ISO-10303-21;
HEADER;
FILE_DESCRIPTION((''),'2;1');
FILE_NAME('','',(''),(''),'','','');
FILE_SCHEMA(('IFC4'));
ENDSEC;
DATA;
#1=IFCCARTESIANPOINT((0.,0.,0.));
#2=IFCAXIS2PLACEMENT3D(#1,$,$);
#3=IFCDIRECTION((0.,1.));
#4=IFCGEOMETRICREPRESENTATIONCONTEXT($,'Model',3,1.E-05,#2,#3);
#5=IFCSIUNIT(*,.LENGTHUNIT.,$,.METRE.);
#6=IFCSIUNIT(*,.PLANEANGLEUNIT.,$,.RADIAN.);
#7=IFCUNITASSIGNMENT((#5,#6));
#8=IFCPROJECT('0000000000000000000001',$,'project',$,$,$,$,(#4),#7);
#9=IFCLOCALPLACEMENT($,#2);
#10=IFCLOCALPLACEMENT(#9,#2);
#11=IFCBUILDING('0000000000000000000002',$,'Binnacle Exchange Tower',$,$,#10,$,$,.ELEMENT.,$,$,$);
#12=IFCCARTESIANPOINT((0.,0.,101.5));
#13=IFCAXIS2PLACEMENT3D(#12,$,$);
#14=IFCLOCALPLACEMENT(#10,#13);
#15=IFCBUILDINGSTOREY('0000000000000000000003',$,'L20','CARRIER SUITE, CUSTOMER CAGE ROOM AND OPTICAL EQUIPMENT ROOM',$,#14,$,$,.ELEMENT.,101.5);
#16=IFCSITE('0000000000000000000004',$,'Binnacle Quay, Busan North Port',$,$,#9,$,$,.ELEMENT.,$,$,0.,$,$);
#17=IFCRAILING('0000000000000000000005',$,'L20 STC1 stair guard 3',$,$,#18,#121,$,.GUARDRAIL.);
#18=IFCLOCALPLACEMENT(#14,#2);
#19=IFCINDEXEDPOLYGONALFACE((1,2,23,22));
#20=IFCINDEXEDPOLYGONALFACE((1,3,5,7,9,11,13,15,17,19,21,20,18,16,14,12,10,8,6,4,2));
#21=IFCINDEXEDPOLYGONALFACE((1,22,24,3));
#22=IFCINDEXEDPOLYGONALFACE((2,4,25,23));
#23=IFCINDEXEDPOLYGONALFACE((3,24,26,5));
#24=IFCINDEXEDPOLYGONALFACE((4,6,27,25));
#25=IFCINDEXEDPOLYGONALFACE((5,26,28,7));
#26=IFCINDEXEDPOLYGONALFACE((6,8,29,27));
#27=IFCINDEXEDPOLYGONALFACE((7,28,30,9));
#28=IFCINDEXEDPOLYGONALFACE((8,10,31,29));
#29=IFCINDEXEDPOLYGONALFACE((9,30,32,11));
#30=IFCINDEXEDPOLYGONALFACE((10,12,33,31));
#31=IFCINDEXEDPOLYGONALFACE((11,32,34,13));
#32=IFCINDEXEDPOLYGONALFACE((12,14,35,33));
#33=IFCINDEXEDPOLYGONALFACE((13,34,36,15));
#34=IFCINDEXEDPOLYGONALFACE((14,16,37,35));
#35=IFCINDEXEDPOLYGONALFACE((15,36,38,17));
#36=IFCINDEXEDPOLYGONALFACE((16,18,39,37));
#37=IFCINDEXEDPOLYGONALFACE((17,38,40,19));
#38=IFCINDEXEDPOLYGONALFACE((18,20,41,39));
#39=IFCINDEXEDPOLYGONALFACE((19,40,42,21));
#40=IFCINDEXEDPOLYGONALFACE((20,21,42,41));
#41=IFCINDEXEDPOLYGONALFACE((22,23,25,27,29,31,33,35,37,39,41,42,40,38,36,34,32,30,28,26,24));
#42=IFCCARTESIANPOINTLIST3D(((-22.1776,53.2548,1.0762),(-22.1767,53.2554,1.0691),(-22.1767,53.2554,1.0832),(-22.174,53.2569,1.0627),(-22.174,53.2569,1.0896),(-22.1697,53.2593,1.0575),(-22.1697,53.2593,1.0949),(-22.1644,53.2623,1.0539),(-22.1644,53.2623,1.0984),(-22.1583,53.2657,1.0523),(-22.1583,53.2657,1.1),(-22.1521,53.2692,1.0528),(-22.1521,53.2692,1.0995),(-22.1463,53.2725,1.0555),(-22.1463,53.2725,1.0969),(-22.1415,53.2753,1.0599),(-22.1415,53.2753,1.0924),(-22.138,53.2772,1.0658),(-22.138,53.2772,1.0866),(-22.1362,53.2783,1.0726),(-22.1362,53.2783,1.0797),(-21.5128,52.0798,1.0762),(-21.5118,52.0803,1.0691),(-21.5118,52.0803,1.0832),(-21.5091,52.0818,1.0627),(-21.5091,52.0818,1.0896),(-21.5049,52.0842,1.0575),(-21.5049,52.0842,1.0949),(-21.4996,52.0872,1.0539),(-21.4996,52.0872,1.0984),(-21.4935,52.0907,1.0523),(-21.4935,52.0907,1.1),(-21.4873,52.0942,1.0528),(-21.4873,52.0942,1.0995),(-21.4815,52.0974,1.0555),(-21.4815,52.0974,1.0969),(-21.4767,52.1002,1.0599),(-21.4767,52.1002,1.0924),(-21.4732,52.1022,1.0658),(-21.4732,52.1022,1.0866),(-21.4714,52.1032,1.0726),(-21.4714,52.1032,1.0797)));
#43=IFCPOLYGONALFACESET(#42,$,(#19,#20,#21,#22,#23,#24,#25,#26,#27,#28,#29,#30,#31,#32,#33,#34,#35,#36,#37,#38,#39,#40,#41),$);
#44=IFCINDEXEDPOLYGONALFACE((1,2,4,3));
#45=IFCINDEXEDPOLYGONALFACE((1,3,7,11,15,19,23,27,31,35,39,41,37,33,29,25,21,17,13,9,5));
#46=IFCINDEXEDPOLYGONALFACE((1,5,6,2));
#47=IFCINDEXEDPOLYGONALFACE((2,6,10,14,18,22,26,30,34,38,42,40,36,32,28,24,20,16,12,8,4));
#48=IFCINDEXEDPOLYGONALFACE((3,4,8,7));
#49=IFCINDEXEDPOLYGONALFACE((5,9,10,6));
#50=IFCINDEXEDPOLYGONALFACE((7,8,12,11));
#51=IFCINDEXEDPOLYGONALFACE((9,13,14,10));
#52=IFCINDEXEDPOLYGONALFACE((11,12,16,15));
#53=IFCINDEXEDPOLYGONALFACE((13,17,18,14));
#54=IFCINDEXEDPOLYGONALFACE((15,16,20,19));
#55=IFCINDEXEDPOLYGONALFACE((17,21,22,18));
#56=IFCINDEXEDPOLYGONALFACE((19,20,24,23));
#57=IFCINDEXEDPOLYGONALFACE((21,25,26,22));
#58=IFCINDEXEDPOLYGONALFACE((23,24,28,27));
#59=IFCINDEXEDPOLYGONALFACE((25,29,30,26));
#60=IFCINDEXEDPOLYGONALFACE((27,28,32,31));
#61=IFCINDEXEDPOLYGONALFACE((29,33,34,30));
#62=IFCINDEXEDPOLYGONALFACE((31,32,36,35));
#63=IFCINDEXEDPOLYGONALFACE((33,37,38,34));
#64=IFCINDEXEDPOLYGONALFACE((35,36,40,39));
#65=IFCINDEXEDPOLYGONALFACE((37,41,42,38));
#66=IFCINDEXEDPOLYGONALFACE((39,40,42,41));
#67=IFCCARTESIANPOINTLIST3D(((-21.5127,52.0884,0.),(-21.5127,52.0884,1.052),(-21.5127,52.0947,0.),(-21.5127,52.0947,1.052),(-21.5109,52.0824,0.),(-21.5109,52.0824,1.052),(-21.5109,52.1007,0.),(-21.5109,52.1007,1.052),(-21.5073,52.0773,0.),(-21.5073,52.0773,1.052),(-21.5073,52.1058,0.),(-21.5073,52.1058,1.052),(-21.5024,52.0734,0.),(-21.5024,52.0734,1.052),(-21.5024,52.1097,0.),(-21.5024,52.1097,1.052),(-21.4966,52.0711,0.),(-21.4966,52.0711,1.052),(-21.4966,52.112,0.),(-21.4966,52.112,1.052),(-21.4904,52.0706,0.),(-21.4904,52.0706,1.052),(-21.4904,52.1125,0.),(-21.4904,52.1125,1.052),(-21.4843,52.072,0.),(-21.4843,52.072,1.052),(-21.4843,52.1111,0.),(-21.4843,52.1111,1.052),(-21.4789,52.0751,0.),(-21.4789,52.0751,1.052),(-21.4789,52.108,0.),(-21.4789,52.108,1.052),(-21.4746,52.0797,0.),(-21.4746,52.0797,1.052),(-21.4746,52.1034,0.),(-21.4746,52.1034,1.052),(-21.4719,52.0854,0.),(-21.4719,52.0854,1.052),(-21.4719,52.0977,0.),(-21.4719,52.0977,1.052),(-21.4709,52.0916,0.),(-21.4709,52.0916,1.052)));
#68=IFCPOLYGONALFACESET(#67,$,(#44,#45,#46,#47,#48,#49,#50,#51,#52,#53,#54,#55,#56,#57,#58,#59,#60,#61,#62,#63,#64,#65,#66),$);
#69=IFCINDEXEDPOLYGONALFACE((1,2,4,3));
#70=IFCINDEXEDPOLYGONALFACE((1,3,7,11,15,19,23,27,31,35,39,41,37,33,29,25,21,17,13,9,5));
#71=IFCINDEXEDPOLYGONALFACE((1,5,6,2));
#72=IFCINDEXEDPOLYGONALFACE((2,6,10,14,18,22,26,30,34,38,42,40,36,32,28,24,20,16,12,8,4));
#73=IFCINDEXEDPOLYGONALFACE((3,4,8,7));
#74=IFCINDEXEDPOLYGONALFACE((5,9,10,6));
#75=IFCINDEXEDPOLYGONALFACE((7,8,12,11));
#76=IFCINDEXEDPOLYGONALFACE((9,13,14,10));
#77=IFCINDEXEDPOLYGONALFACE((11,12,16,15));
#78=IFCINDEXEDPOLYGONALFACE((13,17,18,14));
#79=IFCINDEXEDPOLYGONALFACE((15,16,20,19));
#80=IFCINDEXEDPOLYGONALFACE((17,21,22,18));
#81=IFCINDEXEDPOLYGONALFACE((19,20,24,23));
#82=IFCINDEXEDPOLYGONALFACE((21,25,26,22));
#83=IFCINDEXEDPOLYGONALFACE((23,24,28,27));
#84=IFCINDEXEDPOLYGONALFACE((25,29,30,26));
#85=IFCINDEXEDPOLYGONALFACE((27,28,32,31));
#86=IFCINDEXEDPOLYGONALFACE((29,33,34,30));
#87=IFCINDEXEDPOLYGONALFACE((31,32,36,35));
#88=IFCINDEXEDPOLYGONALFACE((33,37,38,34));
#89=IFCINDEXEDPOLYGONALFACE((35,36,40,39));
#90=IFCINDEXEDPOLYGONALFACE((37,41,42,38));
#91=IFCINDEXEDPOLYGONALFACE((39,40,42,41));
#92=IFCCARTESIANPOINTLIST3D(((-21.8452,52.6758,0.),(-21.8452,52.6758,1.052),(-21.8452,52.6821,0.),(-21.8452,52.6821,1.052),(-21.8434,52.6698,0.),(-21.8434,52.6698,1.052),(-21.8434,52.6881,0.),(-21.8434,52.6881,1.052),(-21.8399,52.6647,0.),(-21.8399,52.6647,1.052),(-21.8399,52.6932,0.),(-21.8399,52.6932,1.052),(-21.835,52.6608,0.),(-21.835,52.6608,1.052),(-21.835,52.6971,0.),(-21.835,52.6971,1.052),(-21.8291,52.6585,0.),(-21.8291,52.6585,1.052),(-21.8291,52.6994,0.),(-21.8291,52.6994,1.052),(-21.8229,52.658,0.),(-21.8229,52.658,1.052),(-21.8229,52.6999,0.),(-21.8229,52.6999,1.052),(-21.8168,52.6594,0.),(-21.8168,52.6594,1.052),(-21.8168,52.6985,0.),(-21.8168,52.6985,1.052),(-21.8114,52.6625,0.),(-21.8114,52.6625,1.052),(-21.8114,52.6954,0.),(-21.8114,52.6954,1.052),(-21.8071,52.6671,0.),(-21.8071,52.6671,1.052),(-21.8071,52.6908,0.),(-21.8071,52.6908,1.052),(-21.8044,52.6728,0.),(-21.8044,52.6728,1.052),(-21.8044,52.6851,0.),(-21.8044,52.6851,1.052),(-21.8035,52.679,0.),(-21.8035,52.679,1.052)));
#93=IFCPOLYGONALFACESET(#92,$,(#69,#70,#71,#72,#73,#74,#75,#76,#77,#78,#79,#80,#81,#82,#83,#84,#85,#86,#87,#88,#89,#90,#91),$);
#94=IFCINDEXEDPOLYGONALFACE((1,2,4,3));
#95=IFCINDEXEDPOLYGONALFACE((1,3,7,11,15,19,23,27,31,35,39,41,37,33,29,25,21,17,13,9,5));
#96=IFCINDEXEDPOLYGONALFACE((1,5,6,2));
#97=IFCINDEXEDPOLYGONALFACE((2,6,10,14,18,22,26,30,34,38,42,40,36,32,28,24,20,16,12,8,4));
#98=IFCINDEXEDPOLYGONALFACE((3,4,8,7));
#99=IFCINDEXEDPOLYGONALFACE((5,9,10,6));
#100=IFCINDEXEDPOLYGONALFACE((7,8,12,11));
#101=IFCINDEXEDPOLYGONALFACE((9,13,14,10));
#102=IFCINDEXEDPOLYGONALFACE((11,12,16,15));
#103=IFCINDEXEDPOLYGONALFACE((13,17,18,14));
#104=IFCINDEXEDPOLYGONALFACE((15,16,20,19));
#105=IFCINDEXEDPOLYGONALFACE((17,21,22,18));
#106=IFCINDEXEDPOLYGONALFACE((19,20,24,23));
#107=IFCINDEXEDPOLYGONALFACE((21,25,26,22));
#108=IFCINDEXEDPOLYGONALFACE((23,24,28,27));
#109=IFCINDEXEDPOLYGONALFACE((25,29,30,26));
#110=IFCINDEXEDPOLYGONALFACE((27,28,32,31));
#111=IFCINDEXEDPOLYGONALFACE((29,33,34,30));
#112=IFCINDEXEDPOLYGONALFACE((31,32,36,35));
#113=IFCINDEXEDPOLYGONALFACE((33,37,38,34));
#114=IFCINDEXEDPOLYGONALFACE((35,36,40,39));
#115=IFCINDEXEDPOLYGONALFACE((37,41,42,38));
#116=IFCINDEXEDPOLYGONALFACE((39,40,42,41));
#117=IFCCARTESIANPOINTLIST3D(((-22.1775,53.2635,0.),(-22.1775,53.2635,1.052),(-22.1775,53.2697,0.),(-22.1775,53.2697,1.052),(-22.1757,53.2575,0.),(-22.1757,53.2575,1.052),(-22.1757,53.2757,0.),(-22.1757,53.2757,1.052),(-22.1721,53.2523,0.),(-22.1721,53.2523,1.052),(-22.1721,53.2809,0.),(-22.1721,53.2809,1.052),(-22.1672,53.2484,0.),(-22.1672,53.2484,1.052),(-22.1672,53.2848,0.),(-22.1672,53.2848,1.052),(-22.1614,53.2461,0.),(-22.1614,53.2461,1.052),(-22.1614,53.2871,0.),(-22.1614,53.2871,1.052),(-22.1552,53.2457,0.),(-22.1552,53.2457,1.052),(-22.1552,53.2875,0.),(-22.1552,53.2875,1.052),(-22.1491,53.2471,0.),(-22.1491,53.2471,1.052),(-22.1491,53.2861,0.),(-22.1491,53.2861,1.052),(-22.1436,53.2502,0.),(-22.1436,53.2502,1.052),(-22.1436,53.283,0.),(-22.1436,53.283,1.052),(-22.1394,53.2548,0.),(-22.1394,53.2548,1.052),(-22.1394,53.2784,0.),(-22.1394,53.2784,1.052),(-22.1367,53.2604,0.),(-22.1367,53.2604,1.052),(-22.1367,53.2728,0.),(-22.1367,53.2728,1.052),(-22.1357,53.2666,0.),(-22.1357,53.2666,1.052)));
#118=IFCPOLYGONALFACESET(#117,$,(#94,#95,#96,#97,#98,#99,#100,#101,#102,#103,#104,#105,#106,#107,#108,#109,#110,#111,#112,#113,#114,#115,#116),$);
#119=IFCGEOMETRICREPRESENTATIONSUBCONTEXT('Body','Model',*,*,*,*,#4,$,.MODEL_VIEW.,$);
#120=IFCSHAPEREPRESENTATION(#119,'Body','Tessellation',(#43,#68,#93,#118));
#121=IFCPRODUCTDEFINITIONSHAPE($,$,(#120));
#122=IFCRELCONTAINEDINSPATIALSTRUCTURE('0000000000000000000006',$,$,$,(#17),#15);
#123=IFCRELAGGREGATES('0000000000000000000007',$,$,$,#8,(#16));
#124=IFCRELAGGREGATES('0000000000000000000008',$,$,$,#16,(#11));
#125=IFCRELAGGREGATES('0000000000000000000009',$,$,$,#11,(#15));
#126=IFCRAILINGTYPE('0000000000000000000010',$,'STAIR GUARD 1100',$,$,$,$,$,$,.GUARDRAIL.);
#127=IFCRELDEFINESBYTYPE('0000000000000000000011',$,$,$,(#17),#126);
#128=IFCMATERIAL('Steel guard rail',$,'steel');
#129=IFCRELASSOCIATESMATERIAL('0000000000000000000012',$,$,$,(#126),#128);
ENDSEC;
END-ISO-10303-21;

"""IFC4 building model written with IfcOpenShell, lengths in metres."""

from ifc_helpers import new_model, si_unit, direction, frame, origin, origin_2d, place, context, subcontext, project, spatial, circle, extrude, material, type_object, element, save


model = new_model("IFC4")

# Units and contexts
model_context = context("Model", 3, precision=1e-05, world=origin(), true_north=direction((0.0, 1.0)))
body_context = subcontext(model_context, "Body", "Model", "MODEL_VIEW")
ifc_project = project(units=[si_unit("LENGTHUNIT", "METRE"), si_unit("PLANEANGLEUNIT", "RADIAN")], contexts=[model_context])

# Site, building, storey
site_placement = place(None, origin())
site = spatial("IfcSite", under=ifc_project, at=site_placement, Name="Binnacle Quay, Busan North Port", CompositionType="ELEMENT", RefElevation=0.0)
building_placement = place(site_placement, origin())
building = spatial("IfcBuilding", under=site, at=building_placement, Name="Binnacle Exchange Tower", CompositionType="ELEMENT")
storey_placement = place(building_placement, frame((0.0, 0.0, 101.5)))
storey = spatial("IfcBuildingStorey", under=building, at=storey_placement, Name="L20", Description="CARRIER SUITE, CUSTOMER CAGE ROOM AND OPTICAL EQUIPMENT ROOM", CompositionType="ELEMENT", Elevation=101.5)

# Railing
ifc_material_1 = material(Name="Steel guard rail", Category="steel")
railing_type_1 = type_object("IfcRailingType", Name="STAIR GUARD 1100", PredefinedType="GUARDRAIL", material=ifc_material_1)
railing_1_placement = place(storey_placement, frame((-21.4919, 52.0916, 0.0)))
element("IfcRailing", 1, at=railing_1_placement, inside=storey, type_object=railing_type_1, Name="L20 STC1 stair guard 3", PredefinedType="GUARDRAIL", context=body_context, shape_type="SweptSolid", body=[
    extrude(circle(Radius=0.0239, at=origin_2d()), frame((0.0, 0.0, 1.0762), z_axis=(-0.492415, 0.870361, 0.0), x_axis=(-0.870361, -0.492415, 0.0)), (0.0, 0.0, 1.0), 1.3501),
    extrude(circle(Radius=0.021, at=origin_2d()), origin(), (0.0, 0.0, 1.0), 1.052),
    extrude(circle(Radius=0.021, at=origin_2d()), frame((-0.3325, 0.5874, 0.0)), (0.0, 0.0, 1.0), 1.052),
    extrude(circle(Radius=0.021, at=origin_2d()), frame((-0.6648, 1.175, 0.0)), (0.0, 0.0, 1.0), 1.052),
])

save(model, "model.ifc")
